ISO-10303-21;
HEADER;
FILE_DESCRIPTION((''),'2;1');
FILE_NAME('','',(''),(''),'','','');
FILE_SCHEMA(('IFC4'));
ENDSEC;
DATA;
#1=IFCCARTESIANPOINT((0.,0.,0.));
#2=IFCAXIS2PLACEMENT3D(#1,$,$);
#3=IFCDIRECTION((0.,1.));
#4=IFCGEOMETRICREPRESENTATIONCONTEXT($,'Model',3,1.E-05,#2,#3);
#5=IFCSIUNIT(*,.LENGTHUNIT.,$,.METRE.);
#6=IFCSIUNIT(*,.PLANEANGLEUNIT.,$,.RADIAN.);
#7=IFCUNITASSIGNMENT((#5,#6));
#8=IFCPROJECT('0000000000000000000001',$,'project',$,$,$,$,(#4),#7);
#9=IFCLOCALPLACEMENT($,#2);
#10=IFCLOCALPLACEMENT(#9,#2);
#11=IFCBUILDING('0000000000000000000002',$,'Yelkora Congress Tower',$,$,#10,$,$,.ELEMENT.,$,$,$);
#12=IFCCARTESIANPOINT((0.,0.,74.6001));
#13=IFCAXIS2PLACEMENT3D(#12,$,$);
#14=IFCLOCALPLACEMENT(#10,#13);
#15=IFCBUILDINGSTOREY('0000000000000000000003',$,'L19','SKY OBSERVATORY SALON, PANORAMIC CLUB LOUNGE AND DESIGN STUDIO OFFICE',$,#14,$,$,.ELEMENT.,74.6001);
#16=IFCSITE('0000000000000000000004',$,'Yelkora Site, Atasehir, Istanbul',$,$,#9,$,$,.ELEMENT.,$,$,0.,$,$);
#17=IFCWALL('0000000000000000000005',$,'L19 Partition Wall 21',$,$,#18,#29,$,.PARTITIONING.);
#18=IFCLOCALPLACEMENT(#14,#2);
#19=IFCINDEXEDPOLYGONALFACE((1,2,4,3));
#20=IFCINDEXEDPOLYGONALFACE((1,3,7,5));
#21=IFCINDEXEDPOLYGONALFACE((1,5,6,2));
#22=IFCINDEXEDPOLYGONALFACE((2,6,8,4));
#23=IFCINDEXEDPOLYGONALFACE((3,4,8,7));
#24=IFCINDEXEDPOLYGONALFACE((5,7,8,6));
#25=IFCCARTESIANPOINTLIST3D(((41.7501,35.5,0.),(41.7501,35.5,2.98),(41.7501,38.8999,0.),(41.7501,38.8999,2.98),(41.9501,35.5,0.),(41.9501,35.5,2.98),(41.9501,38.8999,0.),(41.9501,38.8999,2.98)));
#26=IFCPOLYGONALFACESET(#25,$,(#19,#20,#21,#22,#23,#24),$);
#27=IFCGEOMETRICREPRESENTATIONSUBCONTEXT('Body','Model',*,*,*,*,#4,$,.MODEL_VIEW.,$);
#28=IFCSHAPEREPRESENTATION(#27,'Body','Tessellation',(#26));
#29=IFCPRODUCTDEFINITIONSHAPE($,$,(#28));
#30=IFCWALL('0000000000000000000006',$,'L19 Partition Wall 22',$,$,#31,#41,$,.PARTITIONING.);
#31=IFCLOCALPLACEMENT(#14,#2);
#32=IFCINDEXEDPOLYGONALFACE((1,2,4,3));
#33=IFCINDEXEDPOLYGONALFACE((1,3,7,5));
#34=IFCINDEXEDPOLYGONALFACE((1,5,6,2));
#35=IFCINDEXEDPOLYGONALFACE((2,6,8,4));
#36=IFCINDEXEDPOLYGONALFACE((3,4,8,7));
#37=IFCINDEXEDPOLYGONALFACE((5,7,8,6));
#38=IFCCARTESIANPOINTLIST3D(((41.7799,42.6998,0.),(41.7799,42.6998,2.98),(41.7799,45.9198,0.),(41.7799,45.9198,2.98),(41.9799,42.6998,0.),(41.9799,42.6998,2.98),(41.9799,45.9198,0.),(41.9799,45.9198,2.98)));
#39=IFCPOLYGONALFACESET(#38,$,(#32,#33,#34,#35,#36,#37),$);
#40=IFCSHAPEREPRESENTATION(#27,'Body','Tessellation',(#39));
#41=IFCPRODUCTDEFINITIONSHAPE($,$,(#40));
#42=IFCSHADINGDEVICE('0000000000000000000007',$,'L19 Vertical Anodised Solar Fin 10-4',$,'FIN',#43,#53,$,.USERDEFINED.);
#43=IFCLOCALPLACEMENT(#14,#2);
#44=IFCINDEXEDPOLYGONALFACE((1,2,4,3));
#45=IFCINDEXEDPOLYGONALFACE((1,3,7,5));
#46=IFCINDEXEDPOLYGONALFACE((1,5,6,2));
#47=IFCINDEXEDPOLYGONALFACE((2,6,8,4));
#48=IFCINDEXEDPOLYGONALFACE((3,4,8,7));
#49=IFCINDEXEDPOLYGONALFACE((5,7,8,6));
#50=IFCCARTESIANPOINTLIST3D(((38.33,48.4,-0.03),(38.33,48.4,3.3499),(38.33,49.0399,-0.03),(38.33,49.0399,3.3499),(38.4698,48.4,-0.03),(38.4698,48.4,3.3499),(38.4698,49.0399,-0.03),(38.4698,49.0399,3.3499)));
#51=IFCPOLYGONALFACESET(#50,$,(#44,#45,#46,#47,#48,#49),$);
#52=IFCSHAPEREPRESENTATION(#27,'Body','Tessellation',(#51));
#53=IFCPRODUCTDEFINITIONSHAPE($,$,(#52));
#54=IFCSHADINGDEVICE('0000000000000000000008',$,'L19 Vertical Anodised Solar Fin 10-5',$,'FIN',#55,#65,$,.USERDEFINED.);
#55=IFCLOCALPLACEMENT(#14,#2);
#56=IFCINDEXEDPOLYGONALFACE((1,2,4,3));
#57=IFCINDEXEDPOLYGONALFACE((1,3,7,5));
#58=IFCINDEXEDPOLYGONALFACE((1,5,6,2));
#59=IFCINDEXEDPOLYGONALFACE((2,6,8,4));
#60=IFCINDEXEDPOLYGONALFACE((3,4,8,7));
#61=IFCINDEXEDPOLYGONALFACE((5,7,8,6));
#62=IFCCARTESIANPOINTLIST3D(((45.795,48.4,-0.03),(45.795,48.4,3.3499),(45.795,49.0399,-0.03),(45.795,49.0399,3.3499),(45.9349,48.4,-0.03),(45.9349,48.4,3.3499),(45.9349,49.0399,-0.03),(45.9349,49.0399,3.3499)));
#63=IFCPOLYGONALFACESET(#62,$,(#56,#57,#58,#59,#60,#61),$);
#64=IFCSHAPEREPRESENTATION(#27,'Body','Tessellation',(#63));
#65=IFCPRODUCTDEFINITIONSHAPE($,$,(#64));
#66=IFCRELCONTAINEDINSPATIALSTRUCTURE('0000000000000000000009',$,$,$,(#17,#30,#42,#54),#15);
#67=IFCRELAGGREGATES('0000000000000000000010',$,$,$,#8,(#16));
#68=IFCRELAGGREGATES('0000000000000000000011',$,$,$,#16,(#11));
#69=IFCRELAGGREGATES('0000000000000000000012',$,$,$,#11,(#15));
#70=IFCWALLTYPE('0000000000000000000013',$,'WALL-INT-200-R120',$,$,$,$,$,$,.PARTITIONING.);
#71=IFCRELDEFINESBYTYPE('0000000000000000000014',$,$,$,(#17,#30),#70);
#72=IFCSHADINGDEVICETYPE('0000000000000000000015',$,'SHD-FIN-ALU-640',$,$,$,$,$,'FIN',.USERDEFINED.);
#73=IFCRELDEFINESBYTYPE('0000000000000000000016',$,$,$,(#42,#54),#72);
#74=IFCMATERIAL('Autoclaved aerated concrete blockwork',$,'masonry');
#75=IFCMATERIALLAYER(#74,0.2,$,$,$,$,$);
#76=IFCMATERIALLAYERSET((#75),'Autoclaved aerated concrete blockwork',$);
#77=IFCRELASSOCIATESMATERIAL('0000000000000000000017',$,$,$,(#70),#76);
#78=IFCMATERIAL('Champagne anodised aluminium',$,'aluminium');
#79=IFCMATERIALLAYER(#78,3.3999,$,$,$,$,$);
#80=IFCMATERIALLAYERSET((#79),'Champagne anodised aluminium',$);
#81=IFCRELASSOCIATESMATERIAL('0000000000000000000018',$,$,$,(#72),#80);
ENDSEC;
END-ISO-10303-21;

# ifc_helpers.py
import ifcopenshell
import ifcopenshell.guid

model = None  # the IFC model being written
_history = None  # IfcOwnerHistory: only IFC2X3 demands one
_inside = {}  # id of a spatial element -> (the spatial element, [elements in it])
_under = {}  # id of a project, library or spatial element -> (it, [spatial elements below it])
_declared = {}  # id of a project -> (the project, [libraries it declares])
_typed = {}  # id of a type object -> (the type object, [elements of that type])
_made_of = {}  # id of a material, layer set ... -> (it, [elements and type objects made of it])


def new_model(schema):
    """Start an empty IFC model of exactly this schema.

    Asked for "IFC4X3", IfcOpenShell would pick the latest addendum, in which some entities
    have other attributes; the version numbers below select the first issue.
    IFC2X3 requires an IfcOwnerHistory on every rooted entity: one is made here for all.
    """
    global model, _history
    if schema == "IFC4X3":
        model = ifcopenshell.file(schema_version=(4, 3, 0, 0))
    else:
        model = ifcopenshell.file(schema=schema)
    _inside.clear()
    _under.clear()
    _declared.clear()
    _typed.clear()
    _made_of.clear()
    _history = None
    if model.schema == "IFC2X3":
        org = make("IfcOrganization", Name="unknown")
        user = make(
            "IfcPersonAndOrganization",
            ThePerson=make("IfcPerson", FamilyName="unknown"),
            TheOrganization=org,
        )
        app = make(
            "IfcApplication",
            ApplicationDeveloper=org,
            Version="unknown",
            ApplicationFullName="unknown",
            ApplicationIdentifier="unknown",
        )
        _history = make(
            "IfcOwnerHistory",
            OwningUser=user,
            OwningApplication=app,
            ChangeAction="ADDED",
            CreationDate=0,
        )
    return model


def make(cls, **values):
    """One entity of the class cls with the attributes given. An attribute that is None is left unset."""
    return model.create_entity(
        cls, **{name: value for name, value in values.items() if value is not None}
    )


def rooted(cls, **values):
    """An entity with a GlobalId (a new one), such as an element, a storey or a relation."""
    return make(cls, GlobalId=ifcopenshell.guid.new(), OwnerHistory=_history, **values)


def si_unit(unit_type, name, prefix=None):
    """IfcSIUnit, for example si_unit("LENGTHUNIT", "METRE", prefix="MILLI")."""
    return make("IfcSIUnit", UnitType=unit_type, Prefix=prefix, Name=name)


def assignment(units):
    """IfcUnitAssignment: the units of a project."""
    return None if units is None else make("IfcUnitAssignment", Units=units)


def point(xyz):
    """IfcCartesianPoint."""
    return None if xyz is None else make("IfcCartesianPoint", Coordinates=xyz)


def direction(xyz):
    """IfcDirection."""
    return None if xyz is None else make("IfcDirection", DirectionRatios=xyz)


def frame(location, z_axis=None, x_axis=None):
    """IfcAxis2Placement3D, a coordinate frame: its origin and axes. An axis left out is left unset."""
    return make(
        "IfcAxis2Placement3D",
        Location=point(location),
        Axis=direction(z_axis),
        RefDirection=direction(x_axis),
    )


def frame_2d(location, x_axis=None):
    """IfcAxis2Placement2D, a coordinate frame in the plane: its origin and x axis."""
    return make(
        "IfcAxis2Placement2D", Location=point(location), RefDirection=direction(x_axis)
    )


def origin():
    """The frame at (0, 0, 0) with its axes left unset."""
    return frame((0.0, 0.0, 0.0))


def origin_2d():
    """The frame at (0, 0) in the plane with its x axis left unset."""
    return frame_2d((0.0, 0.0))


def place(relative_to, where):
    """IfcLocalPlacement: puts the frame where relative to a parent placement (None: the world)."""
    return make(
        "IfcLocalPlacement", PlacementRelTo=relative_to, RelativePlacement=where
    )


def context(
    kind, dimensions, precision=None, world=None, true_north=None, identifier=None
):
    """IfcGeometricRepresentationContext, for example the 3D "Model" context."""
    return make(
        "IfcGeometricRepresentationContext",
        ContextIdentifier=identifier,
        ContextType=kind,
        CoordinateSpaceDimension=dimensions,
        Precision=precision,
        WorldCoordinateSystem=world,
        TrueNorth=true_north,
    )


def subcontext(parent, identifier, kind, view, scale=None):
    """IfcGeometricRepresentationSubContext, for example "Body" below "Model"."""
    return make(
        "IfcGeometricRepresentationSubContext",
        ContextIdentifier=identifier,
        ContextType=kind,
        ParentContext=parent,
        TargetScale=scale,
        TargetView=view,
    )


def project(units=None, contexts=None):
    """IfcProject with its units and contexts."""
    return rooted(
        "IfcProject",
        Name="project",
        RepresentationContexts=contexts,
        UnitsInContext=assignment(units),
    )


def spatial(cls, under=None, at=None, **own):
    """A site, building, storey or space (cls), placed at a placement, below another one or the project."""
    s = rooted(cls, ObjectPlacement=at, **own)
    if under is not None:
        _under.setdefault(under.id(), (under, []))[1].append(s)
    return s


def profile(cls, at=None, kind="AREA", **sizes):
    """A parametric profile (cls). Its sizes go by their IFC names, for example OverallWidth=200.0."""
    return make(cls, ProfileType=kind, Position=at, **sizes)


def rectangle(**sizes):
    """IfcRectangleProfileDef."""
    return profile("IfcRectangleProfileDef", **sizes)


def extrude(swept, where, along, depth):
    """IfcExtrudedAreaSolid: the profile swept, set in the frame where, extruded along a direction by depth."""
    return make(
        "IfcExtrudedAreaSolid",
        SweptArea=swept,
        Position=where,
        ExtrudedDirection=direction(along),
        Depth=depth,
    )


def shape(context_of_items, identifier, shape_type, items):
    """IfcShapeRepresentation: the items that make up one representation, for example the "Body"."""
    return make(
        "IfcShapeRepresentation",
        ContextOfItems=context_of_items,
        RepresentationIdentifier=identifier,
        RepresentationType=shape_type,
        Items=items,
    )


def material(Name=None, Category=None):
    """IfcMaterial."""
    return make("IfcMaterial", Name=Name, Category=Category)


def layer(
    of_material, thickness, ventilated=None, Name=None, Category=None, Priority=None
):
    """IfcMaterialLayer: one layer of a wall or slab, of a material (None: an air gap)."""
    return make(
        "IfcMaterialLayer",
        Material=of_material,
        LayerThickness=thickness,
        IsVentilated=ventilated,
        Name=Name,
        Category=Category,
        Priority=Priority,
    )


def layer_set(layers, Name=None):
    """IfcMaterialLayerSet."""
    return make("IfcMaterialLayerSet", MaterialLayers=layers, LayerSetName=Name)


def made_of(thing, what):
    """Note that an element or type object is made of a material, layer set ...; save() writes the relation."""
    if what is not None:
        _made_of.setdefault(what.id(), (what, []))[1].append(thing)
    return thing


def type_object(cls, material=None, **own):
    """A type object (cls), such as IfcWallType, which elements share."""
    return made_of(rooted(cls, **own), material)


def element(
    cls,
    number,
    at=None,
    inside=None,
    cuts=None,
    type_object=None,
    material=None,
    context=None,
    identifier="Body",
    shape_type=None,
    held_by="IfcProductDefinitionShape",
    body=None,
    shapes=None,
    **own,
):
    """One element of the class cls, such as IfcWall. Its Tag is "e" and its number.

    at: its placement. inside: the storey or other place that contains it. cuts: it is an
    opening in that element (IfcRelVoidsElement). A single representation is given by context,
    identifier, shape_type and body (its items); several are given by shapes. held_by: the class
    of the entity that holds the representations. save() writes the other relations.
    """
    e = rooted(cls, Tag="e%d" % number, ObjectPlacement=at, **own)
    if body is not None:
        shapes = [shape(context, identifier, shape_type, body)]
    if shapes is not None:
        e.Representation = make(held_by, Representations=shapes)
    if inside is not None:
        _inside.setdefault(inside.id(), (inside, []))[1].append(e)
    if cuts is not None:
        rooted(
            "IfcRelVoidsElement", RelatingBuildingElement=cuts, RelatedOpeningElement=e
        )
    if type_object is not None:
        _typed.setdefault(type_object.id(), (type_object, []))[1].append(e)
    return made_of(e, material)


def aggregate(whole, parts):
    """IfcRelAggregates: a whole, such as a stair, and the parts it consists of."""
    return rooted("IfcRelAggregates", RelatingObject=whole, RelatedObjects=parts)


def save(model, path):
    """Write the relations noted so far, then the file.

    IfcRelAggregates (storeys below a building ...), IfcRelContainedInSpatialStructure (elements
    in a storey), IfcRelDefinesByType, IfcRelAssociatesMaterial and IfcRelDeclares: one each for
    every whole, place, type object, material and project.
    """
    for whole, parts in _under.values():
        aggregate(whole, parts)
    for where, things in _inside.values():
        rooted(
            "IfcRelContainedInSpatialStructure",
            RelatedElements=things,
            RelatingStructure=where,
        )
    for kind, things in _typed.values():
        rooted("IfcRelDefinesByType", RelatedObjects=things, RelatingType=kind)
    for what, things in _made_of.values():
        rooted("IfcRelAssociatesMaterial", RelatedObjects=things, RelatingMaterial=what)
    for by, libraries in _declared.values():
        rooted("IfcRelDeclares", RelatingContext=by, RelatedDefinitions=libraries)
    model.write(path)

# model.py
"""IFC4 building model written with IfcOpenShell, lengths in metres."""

from ifc_helpers import new_model, si_unit, direction, frame, frame_2d, origin, origin_2d, place, context, subcontext, project, spatial, rectangle, extrude, material, layer, layer_set, type_object, element, save


model = new_model("IFC4")

# Units and contexts
model_context = context("Model", 3, precision=1e-05, world=origin(), true_north=direction((0.0, 1.0)))
body_context = subcontext(model_context, "Body", "Model", "MODEL_VIEW")
ifc_project = project(units=[si_unit("LENGTHUNIT", "METRE"), si_unit("PLANEANGLEUNIT", "RADIAN")], contexts=[model_context])

# Site, building, storey
site_placement = place(None, origin())
site = spatial("IfcSite", under=ifc_project, at=site_placement, Name="Yelkora Site, Atasehir, Istanbul", CompositionType="ELEMENT", RefElevation=0.0)
building_placement = place(site_placement, origin())
building = spatial("IfcBuilding", under=site, at=building_placement, Name="Yelkora Congress Tower", CompositionType="ELEMENT")
storey_placement = place(building_placement, frame((0.0, 0.0, 74.6001)))
storey = spatial("IfcBuildingStorey", under=building, at=storey_placement, Name="L19", Description="SKY OBSERVATORY SALON, PANORAMIC CLUB LOUNGE AND DESIGN STUDIO OFFICE", CompositionType="ELEMENT", Elevation=74.6001)

# Walls
ifc_material_1 = material(Name="Autoclaved aerated concrete blockwork", Category="masonry")
ifc_layer_1 = layer(ifc_material_1, 0.2)
ifc_layer_set_1 = layer_set([ifc_layer_1], Name="Autoclaved aerated concrete blockwork")
wall_type_1 = type_object("IfcWallType", Name="WALL-INT-200-R120", PredefinedType="PARTITIONING", material=ifc_layer_set_1)
wall_1_placement = place(storey_placement, frame((41.8501, 35.5, 0.0), z_axis=(0.0, 0.0, 1.0), x_axis=(0.0, 1.0, 0.0)))
element("IfcWall", 1, at=wall_1_placement, inside=storey, type_object=wall_type_1, Name="L19 Partition Wall 21", PredefinedType="PARTITIONING", context=body_context, shape_type="SweptSolid", body=[
    extrude(rectangle(XDim=3.3999, YDim=0.2, at=frame_2d((1.7, 0.0))), origin(), (0.0, 0.0, 1.0), 2.98),
])
wall_2_placement = place(storey_placement, frame((41.8799, 42.7, 0.0), z_axis=(0.0, 0.0, 1.0), x_axis=(0.0, 1.0, 0.0)))
element("IfcWall", 2, at=wall_2_placement, inside=storey, type_object=wall_type_1, Name="L19 Partition Wall 22", PredefinedType="PARTITIONING", context=body_context, shape_type="SweptSolid", body=[
    extrude(rectangle(XDim=3.22, YDim=0.2, at=frame_2d((1.6099, 0.0))), origin(), (0.0, 0.0, 1.0), 2.98),
])

# Shading devices
ifc_material_2 = material(Name="Champagne anodised aluminium", Category="aluminium")
ifc_layer_2 = layer(ifc_material_2, 3.3999)
ifc_layer_set_2 = layer_set([ifc_layer_2], Name="Champagne anodised aluminium")
shading_device_type = type_object("IfcShadingDeviceType", Name="SHD-FIN-ALU-640", ElementType="FIN", PredefinedType="USERDEFINED", material=ifc_layer_set_2)
for number, where, z_axis, x_axis, name in (
    (3, (38.3999, 48.72, -0.03), (0.0, 0.0, 1.0), (1.0, 0.0, 0.0), "L19 Vertical Anodised Solar Fin 10-4"),
    (4, (45.865, 48.72, -0.03), (0.0, 0.0, 1.0), (1.0, 0.0, 0.0), "L19 Vertical Anodised Solar Fin 10-5"),
):
    element("IfcShadingDevice", number, at=place(storey_placement, frame(where, z_axis=z_axis, x_axis=x_axis)), inside=storey, type_object=shading_device_type, Name=name, ObjectType="FIN", PredefinedType="USERDEFINED", context=body_context, shape_type="SweptSolid", body=[
        extrude(rectangle(XDim=0.1399, YDim=0.6399, at=origin_2d()), origin(), (0.0, 0.0, 1.0), 3.3799),
    ])

save(model, "model.ifc")
